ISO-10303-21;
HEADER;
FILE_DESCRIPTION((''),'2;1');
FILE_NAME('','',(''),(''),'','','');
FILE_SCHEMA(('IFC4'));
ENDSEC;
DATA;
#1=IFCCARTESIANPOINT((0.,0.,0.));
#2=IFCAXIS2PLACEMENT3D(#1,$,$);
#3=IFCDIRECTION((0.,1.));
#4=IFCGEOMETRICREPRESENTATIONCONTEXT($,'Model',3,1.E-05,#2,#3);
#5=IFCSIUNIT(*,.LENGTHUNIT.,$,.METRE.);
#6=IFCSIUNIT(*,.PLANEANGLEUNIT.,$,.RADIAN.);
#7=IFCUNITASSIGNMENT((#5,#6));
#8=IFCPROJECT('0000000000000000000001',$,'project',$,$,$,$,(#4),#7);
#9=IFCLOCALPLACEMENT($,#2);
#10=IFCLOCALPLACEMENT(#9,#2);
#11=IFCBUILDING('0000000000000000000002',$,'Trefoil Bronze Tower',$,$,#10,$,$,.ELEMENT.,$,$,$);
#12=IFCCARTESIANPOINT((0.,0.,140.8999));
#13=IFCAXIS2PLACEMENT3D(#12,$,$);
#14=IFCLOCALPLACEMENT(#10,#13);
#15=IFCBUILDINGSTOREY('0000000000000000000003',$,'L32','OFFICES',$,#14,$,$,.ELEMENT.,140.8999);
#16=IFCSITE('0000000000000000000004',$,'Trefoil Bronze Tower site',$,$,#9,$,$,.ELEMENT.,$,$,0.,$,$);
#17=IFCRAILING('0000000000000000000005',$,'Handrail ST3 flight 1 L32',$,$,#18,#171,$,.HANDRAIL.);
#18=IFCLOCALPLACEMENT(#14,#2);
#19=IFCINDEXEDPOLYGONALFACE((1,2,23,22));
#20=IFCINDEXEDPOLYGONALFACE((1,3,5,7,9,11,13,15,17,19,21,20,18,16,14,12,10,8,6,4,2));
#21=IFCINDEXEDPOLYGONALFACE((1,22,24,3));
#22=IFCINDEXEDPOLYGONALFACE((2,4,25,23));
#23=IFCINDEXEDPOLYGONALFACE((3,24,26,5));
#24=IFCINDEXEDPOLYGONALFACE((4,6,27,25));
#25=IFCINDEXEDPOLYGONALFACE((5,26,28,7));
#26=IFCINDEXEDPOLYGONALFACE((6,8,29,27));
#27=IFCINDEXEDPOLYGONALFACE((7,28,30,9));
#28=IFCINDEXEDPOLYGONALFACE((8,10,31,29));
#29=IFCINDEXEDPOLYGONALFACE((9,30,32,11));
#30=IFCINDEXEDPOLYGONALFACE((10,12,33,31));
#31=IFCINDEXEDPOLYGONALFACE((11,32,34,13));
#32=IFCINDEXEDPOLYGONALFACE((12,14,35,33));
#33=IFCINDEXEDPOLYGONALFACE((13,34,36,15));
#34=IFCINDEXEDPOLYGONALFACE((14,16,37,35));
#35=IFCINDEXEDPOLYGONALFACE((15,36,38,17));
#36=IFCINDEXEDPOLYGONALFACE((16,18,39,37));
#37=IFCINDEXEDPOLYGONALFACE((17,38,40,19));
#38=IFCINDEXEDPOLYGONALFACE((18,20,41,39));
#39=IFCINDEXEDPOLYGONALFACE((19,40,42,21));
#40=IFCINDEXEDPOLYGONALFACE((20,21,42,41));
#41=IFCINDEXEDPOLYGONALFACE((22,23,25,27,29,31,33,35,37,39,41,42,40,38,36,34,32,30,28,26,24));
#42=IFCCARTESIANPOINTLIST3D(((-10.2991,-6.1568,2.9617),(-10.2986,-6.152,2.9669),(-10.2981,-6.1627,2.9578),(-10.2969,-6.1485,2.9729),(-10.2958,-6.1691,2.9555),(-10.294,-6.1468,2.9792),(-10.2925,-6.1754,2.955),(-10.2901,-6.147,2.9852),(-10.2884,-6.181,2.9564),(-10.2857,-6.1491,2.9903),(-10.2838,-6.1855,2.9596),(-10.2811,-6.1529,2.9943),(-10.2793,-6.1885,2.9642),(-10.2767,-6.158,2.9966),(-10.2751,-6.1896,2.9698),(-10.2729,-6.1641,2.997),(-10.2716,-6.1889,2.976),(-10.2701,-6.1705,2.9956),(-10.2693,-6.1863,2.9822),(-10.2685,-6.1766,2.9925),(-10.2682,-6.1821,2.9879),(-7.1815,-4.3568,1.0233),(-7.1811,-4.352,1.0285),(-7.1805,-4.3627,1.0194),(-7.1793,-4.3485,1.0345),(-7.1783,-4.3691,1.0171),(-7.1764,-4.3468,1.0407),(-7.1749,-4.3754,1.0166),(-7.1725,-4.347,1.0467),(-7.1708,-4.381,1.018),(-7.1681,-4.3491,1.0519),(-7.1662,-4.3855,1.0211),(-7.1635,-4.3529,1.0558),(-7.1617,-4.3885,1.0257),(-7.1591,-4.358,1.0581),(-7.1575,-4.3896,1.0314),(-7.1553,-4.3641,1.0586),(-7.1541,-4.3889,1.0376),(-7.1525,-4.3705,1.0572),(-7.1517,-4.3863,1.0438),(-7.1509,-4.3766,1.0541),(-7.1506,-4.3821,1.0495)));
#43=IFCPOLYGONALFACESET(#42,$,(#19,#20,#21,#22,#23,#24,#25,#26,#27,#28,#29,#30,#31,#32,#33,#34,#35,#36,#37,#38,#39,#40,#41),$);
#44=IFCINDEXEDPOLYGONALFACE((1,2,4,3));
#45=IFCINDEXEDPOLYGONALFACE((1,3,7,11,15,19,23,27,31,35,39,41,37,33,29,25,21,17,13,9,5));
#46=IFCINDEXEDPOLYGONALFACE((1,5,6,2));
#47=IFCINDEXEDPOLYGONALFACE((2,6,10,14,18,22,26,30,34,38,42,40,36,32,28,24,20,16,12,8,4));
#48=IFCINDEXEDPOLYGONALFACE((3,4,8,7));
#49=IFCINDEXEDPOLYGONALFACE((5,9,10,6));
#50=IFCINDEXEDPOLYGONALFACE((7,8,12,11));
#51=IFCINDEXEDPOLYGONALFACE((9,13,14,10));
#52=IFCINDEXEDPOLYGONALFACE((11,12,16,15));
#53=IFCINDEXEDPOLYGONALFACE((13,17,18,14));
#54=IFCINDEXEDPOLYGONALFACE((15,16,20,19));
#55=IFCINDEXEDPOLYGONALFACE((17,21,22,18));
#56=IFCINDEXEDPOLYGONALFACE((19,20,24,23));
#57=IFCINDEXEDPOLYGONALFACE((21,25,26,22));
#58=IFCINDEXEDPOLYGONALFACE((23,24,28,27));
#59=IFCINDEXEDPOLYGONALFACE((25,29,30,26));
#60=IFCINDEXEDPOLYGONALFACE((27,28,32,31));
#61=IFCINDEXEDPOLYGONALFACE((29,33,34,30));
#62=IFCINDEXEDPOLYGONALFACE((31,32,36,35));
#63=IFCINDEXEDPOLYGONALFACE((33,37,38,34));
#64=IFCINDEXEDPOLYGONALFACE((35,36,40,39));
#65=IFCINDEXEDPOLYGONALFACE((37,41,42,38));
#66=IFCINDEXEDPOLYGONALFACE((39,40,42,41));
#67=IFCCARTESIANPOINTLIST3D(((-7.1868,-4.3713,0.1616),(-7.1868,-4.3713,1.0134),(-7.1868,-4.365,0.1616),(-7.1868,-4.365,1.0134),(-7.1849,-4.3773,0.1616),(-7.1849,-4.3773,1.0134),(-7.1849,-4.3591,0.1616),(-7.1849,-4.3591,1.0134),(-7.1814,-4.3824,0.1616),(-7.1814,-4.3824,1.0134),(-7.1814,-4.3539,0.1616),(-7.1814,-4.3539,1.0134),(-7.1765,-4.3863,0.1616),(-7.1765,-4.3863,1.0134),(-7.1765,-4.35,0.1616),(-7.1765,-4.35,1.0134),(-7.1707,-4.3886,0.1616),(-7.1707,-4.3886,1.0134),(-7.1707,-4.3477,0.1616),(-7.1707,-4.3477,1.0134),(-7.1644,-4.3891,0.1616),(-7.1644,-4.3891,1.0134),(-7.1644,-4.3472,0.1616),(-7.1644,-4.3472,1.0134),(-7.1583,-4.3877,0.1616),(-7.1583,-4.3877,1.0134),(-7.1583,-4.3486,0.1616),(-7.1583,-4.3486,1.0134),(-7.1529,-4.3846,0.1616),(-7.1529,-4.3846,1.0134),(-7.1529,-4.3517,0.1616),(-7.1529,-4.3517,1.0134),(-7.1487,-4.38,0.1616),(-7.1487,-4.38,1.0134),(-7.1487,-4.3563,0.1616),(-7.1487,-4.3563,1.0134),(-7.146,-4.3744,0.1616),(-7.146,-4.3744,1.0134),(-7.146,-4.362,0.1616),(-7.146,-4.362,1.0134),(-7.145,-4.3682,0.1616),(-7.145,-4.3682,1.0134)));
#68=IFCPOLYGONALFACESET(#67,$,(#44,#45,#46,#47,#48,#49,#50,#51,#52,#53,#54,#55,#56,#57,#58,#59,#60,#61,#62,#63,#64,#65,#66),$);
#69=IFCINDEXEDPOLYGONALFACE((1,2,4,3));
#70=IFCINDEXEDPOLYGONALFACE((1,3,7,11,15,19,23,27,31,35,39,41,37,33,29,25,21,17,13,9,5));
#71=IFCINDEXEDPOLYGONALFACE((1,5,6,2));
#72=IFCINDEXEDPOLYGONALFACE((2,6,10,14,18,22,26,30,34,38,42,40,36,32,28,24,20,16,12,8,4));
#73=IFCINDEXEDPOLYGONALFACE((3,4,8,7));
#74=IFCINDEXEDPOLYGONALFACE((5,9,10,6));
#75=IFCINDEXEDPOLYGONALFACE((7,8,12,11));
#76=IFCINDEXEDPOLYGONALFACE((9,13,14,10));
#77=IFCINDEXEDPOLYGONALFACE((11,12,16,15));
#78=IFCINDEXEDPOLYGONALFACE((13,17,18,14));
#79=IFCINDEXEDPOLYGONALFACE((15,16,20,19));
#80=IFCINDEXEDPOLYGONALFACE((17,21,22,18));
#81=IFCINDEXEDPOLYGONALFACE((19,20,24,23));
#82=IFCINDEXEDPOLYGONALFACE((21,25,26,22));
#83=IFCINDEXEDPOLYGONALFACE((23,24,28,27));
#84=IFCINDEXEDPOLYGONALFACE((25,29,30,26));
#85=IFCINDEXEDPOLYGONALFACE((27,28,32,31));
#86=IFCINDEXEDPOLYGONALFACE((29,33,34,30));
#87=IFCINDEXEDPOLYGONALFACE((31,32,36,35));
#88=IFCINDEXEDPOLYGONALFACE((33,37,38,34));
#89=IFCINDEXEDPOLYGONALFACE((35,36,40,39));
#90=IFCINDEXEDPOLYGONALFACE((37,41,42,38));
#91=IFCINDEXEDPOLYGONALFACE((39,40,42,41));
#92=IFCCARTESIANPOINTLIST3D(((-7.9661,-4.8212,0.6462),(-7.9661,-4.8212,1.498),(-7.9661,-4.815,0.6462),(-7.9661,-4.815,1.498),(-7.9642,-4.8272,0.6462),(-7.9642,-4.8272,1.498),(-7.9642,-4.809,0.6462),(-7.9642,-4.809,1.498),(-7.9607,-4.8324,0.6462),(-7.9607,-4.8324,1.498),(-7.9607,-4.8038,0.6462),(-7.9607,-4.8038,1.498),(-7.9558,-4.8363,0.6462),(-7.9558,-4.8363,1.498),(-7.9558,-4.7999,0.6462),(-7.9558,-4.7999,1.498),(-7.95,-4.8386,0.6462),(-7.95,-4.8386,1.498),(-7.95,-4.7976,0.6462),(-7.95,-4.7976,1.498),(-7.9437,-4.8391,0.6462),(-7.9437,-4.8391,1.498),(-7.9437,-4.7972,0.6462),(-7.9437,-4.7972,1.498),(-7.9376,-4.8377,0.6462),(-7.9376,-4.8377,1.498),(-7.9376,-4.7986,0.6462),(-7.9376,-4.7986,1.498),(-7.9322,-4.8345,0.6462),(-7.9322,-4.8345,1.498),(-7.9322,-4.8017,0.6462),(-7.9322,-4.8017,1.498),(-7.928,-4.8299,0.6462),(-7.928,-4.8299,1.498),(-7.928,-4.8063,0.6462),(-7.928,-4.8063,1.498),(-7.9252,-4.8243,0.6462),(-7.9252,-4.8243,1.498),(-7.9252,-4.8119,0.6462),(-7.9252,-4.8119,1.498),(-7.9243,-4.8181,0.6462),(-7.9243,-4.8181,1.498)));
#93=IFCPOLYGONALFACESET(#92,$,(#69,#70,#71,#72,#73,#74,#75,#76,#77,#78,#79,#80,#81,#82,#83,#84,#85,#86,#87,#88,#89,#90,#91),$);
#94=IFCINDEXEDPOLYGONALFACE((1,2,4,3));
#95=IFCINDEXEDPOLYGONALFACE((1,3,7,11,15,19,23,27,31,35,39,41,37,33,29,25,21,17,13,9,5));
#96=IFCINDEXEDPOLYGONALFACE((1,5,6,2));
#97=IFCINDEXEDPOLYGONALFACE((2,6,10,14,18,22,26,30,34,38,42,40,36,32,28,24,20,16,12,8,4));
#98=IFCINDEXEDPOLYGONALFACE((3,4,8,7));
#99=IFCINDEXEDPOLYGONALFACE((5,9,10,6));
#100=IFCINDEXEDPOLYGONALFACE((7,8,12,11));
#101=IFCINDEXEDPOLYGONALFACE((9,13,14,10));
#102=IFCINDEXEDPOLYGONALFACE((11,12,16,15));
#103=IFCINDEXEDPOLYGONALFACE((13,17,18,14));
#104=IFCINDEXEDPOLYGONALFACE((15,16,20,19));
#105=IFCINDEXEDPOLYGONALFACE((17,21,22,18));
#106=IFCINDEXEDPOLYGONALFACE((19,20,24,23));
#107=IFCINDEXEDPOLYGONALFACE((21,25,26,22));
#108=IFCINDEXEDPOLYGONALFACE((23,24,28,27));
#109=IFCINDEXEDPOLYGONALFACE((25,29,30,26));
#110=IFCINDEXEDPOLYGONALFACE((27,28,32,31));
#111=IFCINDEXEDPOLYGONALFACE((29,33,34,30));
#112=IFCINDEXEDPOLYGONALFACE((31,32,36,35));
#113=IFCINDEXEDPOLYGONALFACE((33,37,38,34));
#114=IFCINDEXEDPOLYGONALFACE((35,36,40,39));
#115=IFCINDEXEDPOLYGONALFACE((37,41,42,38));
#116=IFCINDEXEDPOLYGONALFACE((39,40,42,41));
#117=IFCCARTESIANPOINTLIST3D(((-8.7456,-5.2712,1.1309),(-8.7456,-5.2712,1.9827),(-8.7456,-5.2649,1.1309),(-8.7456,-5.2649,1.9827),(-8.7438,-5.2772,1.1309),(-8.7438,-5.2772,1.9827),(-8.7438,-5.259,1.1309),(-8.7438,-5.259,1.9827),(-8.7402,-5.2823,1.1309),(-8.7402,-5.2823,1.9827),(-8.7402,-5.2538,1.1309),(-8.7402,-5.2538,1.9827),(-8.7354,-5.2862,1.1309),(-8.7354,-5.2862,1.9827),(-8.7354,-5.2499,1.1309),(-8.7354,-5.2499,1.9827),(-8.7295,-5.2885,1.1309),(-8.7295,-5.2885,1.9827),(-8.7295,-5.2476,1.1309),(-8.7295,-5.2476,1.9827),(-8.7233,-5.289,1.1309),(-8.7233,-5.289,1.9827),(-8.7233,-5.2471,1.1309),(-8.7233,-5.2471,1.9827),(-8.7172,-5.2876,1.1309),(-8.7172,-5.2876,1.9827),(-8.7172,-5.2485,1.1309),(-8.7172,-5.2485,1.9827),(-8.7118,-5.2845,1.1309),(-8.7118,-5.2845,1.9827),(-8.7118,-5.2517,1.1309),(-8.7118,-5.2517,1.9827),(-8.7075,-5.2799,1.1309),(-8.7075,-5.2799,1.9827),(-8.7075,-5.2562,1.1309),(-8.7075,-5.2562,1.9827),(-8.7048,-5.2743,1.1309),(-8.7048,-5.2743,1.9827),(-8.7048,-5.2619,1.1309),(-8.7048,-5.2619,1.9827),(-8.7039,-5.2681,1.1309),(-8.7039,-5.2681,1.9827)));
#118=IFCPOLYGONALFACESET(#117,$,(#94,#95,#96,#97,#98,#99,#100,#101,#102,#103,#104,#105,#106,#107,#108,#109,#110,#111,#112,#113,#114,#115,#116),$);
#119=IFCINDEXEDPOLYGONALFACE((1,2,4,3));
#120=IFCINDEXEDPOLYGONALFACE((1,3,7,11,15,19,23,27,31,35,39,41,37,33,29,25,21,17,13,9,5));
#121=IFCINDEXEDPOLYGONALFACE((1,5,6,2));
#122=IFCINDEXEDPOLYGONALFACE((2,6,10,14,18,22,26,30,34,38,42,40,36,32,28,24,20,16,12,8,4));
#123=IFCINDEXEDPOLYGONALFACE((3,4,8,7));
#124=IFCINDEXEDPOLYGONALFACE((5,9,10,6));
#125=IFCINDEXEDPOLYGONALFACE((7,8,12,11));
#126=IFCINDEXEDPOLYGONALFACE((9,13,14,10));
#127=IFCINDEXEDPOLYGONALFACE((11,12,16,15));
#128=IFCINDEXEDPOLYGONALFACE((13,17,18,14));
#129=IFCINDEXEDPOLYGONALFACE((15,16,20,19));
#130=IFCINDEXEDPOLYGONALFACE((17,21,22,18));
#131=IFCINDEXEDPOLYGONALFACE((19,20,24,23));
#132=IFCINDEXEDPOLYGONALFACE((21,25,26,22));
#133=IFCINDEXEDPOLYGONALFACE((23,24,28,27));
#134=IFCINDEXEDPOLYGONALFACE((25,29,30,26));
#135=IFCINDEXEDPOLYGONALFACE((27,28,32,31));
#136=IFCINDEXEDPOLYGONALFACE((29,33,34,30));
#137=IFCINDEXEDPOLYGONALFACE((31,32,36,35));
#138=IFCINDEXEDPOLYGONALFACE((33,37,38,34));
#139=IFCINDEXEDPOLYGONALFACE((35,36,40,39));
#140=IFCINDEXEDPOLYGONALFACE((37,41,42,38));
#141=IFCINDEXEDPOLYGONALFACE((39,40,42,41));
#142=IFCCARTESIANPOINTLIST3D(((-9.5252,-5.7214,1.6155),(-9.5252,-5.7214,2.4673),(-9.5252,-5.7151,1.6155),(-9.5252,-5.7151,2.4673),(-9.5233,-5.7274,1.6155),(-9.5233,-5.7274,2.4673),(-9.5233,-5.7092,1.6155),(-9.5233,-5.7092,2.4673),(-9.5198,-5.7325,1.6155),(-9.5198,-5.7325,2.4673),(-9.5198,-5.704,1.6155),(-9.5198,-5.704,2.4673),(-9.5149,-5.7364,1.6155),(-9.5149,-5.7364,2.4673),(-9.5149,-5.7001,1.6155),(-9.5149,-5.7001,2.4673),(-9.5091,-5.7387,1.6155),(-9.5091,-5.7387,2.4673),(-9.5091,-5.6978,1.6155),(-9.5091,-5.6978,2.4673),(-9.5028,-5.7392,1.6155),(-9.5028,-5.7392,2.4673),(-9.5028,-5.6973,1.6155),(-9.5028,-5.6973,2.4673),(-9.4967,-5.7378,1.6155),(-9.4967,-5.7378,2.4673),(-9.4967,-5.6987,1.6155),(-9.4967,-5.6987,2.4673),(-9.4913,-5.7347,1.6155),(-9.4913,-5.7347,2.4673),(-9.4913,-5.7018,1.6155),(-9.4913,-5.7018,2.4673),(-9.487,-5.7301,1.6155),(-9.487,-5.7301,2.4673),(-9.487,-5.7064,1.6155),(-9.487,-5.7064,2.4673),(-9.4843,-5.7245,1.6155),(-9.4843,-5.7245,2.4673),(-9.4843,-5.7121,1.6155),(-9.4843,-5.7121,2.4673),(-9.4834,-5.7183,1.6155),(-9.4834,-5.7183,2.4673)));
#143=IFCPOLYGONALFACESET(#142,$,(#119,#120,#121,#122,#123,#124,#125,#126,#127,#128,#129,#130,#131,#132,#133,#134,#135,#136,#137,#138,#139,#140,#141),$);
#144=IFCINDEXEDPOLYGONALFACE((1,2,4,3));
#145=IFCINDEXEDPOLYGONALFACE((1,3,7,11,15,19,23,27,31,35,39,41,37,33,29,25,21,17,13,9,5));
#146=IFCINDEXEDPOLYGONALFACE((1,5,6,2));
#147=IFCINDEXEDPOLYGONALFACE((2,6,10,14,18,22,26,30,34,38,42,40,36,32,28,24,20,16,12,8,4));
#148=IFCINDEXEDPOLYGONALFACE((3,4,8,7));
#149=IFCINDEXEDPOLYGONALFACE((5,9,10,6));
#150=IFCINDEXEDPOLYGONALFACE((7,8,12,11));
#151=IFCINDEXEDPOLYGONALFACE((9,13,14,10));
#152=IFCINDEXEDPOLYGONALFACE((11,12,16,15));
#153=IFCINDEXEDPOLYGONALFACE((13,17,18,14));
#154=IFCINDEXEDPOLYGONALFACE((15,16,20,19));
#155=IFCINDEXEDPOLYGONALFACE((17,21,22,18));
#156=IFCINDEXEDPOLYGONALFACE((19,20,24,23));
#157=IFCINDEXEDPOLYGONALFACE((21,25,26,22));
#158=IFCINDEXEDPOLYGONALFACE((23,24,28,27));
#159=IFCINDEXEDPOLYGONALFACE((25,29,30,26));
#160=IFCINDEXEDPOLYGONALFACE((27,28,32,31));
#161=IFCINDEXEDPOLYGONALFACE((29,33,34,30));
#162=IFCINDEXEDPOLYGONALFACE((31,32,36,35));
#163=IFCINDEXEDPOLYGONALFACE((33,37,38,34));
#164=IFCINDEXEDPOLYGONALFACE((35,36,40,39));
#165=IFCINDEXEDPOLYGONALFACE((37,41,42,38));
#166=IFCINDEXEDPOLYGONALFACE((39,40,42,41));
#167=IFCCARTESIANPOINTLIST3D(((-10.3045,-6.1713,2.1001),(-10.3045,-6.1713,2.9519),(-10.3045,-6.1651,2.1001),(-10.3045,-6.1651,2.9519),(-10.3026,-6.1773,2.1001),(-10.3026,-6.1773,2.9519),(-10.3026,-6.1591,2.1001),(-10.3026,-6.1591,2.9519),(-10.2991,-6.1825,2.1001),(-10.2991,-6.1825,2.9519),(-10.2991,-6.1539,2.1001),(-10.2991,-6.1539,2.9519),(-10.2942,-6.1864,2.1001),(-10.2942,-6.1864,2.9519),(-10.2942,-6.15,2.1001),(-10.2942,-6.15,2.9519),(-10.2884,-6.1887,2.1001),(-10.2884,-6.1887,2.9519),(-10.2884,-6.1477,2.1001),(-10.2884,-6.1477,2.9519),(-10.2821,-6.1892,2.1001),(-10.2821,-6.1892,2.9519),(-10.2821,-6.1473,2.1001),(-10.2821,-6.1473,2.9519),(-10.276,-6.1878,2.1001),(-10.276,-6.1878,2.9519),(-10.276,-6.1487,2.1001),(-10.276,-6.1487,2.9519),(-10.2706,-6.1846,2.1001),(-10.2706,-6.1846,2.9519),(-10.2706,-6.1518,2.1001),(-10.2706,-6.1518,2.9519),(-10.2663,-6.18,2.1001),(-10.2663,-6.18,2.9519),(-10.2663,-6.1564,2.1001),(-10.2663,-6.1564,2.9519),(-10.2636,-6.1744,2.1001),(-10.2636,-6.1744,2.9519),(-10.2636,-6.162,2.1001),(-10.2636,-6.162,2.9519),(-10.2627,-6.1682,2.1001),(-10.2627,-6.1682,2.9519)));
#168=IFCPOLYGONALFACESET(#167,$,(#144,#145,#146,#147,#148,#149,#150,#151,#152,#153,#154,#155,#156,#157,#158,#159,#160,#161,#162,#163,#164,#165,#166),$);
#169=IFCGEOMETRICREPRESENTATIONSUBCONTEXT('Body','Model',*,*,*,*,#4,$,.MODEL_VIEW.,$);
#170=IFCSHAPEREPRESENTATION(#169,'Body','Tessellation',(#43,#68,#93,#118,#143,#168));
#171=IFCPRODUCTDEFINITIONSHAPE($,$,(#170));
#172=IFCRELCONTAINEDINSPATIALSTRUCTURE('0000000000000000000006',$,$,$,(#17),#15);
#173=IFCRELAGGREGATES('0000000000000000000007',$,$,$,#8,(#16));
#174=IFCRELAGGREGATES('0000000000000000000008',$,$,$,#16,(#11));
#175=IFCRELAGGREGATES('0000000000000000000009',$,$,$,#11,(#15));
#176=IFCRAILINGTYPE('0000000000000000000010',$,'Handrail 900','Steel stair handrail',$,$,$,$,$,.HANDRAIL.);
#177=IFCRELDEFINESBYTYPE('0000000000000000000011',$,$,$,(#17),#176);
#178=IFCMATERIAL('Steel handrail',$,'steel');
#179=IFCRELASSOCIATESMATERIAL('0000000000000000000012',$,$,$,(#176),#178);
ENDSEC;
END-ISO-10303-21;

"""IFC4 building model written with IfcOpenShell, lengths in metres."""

from ifc_helpers import new_model, si_unit, direction, frame, origin, origin_2d, place, context, subcontext, project, spatial, circle, extrude, material, type_object, element, save


model = new_model("IFC4")

# Units and contexts
model_context = context("Model", 3, precision=1e-05, world=origin(), true_north=direction((0.0, 1.0)))
body_context = subcontext(model_context, "Body", "Model", "MODEL_VIEW")
ifc_project = project(units=[si_unit("LENGTHUNIT", "METRE"), si_unit("PLANEANGLEUNIT", "RADIAN")], contexts=[model_context])

# Site, building, storey
site_placement = place(None, origin())
site = spatial("IfcSite", under=ifc_project, at=site_placement, Name="Trefoil Bronze Tower site", CompositionType="ELEMENT", RefElevation=0.0)
building_placement = place(site_placement, origin())
building = spatial("IfcBuilding", under=site, at=building_placement, Name="Trefoil Bronze Tower", CompositionType="ELEMENT")
storey_placement = place(building_placement, frame((0.0, 0.0, 140.8999)))
storey = spatial("IfcBuildingStorey", under=building, at=storey_placement, Name="L32", Description="OFFICES", CompositionType="ELEMENT", Elevation=140.8999)

# Railing
ifc_material_1 = material(Name="Steel handrail", Category="steel")
railing_type = type_object("IfcRailingType", Name="Handrail 900", Description="Steel stair handrail", PredefinedType="HANDRAIL", material=ifc_material_1)
railing_1_placement = place(storey_placement, frame((-7.166, -4.3682, 0.1616)))
element("IfcRailing", 1, at=railing_1_placement, inside=storey, type_object=railing_type, Name="Handrail ST3 flight 1 L32", PredefinedType="HANDRAIL", context=body_context, shape_type="SweptSolid", body=[
    extrude(circle(Radius=0.0239, at=origin_2d()), frame((0.0, 0.0, 0.876), z_axis=(-0.762503, -0.440246, 0.474102), x_axis=(0.500012, -0.866018, 0.0)), (0.0, 0.0, 1.0), 4.0886),
    extrude(circle(Radius=0.021, at=origin_2d()), origin(), (0.0, 0.0, 1.0), 0.8518),
    extrude(circle(Radius=0.021, at=origin_2d()), frame((-0.7793, -0.45, 0.4846)), (0.0, 0.0, 1.0), 0.8518),
    extrude(circle(Radius=0.021, at=origin_2d()), frame((-1.5588, -0.8999, 0.9692)), (0.0, 0.0, 1.0), 0.8518),
    extrude(circle(Radius=0.021, at=origin_2d()), frame((-2.3384, -1.3501, 1.4539)), (0.0, 0.0, 1.0), 0.8518),
    extrude(circle(Radius=0.021, at=origin_2d()), frame((-3.1177, -1.8, 1.9385)), (0.0, 0.0, 1.0), 0.8518),
])

save(model, "model.ifc")
